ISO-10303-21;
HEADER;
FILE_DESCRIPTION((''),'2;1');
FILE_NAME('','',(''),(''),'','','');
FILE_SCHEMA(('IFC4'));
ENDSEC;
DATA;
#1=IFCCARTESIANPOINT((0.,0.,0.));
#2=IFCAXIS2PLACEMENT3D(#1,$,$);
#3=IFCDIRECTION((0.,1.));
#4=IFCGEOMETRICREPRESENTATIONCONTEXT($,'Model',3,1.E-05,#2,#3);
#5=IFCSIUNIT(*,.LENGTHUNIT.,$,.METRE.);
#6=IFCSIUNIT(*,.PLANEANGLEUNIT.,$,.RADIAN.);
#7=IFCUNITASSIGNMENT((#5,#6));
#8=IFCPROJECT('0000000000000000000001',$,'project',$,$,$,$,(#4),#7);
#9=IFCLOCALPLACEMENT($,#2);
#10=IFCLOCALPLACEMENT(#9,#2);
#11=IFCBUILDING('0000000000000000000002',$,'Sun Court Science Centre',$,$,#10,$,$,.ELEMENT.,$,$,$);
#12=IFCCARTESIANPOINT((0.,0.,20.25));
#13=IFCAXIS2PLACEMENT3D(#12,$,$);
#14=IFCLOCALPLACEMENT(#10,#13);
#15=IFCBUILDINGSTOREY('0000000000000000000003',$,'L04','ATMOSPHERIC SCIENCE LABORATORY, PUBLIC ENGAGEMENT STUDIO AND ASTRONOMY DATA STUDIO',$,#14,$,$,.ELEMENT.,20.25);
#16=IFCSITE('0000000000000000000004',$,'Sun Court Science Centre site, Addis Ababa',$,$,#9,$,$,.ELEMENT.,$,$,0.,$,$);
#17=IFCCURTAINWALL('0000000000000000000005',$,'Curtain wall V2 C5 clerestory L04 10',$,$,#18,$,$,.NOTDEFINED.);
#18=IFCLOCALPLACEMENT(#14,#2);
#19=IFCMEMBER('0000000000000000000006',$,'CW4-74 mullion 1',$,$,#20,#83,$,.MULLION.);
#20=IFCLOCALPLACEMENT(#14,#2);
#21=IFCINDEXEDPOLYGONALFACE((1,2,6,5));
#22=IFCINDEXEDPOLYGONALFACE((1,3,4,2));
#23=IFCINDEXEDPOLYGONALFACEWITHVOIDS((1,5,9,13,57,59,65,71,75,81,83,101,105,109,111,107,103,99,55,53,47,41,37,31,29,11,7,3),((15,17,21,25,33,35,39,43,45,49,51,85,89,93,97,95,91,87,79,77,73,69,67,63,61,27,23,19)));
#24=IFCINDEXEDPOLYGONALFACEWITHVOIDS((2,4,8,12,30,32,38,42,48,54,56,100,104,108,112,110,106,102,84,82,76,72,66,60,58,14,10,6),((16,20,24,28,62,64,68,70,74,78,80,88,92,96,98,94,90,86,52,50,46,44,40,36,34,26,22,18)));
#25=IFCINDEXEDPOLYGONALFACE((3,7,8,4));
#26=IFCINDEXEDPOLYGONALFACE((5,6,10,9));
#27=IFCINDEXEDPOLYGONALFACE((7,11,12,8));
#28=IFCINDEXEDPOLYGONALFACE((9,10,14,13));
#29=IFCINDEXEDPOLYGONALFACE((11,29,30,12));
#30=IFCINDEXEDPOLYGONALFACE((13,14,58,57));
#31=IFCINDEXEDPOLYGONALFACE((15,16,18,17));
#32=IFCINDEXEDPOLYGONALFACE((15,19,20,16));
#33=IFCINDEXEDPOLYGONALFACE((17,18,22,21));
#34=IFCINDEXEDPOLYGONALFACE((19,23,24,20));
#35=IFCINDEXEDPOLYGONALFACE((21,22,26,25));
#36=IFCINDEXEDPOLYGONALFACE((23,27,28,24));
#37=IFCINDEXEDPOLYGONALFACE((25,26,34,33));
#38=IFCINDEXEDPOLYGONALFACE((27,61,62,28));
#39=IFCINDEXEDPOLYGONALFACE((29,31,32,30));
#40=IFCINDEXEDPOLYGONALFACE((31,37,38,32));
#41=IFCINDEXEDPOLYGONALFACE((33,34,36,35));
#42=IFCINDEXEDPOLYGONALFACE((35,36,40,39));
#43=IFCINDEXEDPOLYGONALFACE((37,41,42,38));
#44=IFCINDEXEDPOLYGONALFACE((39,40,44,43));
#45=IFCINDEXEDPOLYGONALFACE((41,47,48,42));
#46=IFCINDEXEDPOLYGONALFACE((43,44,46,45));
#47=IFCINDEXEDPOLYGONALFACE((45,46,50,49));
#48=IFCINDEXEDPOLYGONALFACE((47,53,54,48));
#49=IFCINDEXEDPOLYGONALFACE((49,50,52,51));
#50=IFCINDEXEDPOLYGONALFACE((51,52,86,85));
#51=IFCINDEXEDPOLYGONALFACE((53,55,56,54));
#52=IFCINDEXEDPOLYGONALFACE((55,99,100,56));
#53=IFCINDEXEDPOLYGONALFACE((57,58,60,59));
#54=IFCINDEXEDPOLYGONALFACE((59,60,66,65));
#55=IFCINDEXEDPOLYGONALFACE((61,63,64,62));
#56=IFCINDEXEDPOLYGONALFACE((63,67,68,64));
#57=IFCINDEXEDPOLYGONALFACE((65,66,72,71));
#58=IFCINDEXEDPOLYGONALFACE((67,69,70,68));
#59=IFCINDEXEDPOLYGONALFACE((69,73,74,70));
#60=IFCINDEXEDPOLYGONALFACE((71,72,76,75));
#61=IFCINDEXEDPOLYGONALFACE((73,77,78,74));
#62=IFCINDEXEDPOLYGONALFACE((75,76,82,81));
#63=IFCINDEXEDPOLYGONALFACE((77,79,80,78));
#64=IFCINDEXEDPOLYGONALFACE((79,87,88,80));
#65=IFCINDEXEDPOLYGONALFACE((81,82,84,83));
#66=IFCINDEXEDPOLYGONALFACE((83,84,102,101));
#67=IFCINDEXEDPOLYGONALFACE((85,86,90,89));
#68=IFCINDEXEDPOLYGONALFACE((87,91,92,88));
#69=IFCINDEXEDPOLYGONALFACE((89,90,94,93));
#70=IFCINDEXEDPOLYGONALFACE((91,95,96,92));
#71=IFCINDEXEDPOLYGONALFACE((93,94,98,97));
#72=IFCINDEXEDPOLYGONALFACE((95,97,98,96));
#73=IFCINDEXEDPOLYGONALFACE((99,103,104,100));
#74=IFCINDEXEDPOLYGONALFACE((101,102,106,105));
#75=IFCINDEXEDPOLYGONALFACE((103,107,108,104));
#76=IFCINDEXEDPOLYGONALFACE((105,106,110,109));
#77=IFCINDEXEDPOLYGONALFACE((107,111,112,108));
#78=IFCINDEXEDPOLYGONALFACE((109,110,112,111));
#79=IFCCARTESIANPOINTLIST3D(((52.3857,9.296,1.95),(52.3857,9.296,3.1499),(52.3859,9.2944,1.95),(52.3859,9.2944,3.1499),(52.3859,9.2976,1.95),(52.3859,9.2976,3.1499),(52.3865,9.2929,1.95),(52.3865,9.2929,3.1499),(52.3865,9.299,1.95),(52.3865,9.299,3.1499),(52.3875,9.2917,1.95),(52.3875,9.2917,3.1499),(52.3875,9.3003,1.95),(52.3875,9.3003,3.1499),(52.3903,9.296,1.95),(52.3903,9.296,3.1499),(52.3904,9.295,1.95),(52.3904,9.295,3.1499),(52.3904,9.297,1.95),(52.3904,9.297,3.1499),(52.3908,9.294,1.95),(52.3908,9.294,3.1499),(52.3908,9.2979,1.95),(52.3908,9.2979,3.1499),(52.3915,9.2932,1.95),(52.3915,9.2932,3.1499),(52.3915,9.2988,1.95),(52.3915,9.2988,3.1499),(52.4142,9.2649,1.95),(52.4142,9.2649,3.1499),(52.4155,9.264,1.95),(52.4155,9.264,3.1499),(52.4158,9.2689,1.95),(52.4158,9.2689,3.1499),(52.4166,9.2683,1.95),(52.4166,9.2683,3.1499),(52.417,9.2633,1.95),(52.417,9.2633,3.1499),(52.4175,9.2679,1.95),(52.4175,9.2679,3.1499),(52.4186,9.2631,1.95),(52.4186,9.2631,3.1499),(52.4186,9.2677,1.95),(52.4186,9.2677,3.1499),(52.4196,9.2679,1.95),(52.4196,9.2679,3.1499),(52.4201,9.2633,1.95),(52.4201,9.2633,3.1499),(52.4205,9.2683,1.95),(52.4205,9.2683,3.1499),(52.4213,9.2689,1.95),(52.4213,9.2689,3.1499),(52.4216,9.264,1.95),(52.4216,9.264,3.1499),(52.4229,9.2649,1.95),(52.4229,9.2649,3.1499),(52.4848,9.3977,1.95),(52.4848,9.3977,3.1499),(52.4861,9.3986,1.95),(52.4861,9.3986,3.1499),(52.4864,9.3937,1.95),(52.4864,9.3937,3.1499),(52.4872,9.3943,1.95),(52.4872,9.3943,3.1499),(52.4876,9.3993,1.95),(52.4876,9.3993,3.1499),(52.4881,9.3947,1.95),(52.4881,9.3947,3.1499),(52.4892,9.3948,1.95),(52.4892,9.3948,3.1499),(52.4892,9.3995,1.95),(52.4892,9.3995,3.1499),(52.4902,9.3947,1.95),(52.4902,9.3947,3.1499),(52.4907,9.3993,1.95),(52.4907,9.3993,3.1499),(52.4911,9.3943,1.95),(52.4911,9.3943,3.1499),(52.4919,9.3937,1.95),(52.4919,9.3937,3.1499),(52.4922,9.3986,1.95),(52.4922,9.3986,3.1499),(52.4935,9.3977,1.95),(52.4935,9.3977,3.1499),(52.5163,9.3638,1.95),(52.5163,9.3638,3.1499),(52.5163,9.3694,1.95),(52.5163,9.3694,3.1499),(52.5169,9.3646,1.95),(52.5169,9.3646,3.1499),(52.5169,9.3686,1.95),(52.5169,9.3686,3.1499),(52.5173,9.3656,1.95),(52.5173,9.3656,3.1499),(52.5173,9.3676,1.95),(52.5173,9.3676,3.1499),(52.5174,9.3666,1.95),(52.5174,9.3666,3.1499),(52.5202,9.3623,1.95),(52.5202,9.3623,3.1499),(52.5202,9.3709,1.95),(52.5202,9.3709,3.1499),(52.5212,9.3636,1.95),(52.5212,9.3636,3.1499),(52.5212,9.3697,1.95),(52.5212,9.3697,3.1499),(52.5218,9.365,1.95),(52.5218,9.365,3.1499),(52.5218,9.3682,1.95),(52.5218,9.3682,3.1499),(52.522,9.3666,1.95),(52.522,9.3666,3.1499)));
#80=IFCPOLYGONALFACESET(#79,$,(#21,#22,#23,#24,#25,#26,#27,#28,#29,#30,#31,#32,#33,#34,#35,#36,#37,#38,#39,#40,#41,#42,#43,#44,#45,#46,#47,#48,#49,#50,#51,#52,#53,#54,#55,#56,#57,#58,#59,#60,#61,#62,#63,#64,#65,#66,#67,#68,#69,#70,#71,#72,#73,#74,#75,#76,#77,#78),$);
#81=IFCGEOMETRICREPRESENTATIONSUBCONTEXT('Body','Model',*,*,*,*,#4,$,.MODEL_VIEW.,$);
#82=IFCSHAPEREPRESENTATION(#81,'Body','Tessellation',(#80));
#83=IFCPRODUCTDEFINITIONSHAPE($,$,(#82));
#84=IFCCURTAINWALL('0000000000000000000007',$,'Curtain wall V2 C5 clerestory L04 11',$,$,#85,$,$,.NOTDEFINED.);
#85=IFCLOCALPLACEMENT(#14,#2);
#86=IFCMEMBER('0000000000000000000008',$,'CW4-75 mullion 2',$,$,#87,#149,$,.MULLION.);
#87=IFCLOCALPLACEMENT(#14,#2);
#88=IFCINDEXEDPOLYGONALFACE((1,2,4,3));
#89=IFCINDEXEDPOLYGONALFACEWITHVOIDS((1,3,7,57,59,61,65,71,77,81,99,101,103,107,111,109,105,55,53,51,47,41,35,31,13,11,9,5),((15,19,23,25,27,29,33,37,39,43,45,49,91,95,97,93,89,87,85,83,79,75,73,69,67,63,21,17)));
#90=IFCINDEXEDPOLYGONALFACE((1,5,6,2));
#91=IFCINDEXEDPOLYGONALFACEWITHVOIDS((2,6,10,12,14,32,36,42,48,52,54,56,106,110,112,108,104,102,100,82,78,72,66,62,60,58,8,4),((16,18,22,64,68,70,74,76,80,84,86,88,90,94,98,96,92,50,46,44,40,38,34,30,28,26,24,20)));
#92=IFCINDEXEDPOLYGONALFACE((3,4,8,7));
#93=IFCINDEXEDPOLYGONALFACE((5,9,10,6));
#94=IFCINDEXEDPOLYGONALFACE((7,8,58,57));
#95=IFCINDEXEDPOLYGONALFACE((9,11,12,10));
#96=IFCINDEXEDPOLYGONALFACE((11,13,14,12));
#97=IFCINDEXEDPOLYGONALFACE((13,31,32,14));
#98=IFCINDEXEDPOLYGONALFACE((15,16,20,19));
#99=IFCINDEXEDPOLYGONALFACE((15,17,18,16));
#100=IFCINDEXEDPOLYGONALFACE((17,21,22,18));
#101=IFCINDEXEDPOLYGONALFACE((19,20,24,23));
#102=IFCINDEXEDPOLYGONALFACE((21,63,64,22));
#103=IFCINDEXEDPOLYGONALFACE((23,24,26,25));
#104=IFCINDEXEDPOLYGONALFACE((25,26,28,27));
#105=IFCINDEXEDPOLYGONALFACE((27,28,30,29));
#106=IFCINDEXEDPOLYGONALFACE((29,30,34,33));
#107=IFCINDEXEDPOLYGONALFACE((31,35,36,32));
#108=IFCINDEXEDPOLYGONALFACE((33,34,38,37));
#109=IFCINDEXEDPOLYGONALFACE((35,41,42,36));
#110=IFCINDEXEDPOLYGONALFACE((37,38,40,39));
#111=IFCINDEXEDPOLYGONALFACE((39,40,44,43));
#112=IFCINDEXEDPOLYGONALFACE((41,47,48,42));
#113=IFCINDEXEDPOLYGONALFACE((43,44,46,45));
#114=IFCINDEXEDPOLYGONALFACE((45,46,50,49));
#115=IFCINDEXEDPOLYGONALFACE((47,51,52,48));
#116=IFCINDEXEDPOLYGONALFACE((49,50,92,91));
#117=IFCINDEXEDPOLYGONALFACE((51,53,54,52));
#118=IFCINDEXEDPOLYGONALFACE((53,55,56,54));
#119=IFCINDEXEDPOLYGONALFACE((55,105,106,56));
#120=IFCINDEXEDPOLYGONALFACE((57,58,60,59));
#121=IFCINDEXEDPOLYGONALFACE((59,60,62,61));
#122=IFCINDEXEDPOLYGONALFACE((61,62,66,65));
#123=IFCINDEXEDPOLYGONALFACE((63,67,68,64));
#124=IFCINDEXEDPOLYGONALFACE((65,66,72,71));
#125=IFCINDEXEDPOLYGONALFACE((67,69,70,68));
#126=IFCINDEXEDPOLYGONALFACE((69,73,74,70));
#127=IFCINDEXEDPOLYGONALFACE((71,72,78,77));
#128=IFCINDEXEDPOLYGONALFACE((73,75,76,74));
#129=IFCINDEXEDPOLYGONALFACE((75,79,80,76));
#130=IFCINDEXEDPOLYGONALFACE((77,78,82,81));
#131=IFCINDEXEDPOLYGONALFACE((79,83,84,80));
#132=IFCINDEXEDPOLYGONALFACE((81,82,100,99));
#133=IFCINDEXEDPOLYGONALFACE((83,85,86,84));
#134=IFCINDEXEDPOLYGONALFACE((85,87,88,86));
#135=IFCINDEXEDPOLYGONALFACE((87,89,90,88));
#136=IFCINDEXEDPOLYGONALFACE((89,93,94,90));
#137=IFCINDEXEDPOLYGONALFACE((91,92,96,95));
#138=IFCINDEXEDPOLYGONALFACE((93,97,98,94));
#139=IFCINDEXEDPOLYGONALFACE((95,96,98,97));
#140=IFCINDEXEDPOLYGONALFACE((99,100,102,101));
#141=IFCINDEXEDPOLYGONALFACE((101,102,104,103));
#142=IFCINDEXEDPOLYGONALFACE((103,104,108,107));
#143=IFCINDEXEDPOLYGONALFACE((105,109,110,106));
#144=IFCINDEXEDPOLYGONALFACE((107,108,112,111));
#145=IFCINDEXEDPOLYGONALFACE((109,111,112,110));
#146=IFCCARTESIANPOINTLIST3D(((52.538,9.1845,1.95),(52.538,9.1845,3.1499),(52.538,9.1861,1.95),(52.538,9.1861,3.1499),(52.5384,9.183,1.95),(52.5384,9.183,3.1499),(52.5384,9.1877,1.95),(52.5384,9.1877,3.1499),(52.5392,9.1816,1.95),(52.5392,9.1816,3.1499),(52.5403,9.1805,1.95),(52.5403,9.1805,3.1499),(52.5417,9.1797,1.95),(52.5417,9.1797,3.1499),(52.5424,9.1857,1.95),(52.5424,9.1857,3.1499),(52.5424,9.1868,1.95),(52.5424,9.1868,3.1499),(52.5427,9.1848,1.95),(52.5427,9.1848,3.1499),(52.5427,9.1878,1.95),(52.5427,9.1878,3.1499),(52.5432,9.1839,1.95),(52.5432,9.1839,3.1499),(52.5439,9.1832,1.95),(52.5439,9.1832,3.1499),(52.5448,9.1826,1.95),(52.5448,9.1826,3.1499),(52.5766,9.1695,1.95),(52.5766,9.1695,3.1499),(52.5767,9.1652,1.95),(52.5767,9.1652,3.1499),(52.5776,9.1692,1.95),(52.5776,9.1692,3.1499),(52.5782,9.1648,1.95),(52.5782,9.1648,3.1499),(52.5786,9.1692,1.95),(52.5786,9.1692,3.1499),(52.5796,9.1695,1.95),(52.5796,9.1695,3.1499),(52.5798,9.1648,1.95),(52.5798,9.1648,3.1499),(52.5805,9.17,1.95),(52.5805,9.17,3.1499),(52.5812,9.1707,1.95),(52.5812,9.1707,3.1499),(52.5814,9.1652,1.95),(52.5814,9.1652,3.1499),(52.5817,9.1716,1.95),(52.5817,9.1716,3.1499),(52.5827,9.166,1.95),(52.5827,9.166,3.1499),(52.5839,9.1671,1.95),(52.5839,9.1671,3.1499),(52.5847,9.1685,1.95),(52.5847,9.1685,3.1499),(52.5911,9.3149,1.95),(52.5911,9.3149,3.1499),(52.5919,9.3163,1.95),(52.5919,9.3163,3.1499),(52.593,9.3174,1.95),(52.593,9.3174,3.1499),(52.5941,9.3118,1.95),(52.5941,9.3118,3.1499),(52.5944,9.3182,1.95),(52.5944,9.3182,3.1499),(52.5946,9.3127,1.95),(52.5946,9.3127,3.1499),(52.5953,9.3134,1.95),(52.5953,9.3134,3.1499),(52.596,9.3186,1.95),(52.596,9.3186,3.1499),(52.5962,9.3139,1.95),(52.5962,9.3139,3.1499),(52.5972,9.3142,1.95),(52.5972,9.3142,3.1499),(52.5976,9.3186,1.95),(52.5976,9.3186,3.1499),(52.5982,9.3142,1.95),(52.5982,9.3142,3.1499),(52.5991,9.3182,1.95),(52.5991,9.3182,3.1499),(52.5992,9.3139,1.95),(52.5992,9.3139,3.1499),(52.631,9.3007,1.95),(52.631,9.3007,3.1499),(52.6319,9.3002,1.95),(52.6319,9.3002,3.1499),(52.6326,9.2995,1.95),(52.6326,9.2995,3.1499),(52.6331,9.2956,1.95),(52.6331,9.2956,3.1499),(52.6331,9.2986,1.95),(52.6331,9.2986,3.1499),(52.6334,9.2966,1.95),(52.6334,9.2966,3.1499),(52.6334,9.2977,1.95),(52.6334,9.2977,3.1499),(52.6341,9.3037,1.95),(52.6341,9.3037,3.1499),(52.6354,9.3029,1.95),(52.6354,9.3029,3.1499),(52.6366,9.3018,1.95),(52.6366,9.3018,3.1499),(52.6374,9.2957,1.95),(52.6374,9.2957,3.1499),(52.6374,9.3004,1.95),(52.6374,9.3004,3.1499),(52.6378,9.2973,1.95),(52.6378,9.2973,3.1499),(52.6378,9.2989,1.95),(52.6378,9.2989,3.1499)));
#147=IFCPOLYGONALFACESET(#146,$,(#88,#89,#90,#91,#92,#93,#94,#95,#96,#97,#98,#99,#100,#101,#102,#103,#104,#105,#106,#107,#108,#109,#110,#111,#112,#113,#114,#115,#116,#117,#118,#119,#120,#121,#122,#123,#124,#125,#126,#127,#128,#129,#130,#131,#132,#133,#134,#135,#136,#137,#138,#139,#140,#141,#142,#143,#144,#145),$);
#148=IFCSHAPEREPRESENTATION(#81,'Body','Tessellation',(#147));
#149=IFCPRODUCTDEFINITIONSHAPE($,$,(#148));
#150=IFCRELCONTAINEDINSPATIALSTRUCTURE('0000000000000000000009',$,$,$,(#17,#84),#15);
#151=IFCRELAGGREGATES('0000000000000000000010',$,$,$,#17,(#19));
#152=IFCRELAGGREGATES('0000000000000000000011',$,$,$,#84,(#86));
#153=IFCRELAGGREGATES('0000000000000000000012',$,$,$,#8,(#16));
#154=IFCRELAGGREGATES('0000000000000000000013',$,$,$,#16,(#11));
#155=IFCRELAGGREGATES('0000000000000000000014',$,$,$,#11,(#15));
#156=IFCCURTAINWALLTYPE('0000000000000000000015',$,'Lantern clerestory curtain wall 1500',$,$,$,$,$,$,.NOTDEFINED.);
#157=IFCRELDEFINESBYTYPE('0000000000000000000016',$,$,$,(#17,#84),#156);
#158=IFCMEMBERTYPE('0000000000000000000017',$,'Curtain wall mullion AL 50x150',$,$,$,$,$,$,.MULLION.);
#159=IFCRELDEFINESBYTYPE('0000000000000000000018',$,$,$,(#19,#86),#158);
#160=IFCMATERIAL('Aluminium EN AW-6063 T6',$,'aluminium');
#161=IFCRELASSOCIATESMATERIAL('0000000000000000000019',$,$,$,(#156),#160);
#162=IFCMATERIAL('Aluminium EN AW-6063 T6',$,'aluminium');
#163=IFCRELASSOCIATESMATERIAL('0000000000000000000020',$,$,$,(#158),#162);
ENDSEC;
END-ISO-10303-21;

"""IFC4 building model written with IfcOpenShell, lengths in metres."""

from ifc_helpers import new_model, si_unit, direction, frame, origin, origin_2d, place, context, subcontext, project, spatial, hollow_rectangle, extrude, material, material_profile, profile_set, type_object, element, aggregate, save


model = new_model("IFC4")

# Units and contexts
model_context = context("Model", 3, precision=1e-05, world=origin(), true_north=direction((0.0, 1.0)))
body_context = subcontext(model_context, "Body", "Model", "MODEL_VIEW")
ifc_project = project(units=[si_unit("LENGTHUNIT", "METRE"), si_unit("PLANEANGLEUNIT", "RADIAN")], contexts=[model_context])

# Site, building, storey
site_placement = place(None, origin())
site = spatial("IfcSite", under=ifc_project, at=site_placement, Name="Sun Court Science Centre site, Addis Ababa", CompositionType="ELEMENT", RefElevation=0.0)
building_placement = place(site_placement, origin())
building = spatial("IfcBuilding", under=site, at=building_placement, Name="Sun Court Science Centre", CompositionType="ELEMENT")
storey_placement = place(building_placement, frame((0.0, 0.0, 20.25)))
storey = spatial("IfcBuildingStorey", under=building, at=storey_placement, Name="L04", Description="ATMOSPHERIC SCIENCE LABORATORY, PUBLIC ENGAGEMENT STUDIO AND ASTRONOMY DATA STUDIO", CompositionType="ELEMENT", Elevation=20.25)

# Curtain wall, member
ifc_material_1 = material(Name="Aluminium EN AW-6063 T6", Category="aluminium")
curtain_wall_type = type_object("IfcCurtainWallType", Name="Lantern clerestory curtain wall 1500", PredefinedType="NOTDEFINED", material=ifc_material_1)
curtain_wall_1_placement = place(storey_placement, origin())
curtain_wall_1 = element("IfcCurtainWall", 1, at=curtain_wall_1_placement, inside=storey, type_object=curtain_wall_type, Name="Curtain wall V2 C5 clerestory L04 10", PredefinedType="NOTDEFINED")
ifc_material_2 = material(Name="Aluminium EN AW-6063 T6", Category="aluminium")
ifc_material_profile_1 = material_profile(ifc_material_2, hollow_rectangle(XDim=0.05, YDim=0.1499, WallThickness=0.0039, InnerFilletRadius=0.0039, OuterFilletRadius=0.0061, at=origin_2d()), Name="AL 50x150x4")
ifc_profile_set_1 = profile_set([ifc_material_profile_1], Name="Aluminium EN AW-6063 T6")
member_type_1 = type_object("IfcMemberType", Name="Curtain wall mullion AL 50x150", PredefinedType="MULLION", material=ifc_profile_set_1)
member_1_placement = place(storey_placement, frame((52.4539, 9.3313, 1.95), z_axis=(0.0, 0.0, 1.0), x_axis=(-0.707107, 0.707107, 0.0)))
member_1 = element("IfcMember", 2, at=member_1_placement, type_object=member_type_1, Name="CW4-74 mullion 1", PredefinedType="MULLION", context=body_context, shape_type="SweptSolid", body=[
    extrude(hollow_rectangle(XDim=0.05, YDim=0.1499, WallThickness=0.0039, InnerFilletRadius=0.0039, OuterFilletRadius=0.0061, at=origin_2d()), origin(), (0.0, 0.0, 1.0), 1.2),
])

# Curtain wall, member
curtain_wall_2_placement = place(storey_placement, origin())
curtain_wall_2 = element("IfcCurtainWall", 3, at=curtain_wall_2_placement, inside=storey, type_object=curtain_wall_type, Name="Curtain wall V2 C5 clerestory L04 11", PredefinedType="NOTDEFINED")
member_2_placement = place(storey_placement, frame((52.5879, 9.2417, 1.95), z_axis=(0.0, 0.0, 1.0), x_axis=(-0.92388, 0.382683, 0.0)))
member_2 = element("IfcMember", 4, at=member_2_placement, type_object=member_type_1, Name="CW4-75 mullion 2", PredefinedType="MULLION", context=body_context, shape_type="SweptSolid", body=[
    extrude(hollow_rectangle(XDim=0.05, YDim=0.1499, WallThickness=0.0039, InnerFilletRadius=0.0039, OuterFilletRadius=0.0061, at=origin_2d()), origin(), (0.0, 0.0, 1.0), 1.2),
])

aggregate(curtain_wall_1, [member_1])
aggregate(curtain_wall_2, [member_2])

save(model, "model.ifc")
